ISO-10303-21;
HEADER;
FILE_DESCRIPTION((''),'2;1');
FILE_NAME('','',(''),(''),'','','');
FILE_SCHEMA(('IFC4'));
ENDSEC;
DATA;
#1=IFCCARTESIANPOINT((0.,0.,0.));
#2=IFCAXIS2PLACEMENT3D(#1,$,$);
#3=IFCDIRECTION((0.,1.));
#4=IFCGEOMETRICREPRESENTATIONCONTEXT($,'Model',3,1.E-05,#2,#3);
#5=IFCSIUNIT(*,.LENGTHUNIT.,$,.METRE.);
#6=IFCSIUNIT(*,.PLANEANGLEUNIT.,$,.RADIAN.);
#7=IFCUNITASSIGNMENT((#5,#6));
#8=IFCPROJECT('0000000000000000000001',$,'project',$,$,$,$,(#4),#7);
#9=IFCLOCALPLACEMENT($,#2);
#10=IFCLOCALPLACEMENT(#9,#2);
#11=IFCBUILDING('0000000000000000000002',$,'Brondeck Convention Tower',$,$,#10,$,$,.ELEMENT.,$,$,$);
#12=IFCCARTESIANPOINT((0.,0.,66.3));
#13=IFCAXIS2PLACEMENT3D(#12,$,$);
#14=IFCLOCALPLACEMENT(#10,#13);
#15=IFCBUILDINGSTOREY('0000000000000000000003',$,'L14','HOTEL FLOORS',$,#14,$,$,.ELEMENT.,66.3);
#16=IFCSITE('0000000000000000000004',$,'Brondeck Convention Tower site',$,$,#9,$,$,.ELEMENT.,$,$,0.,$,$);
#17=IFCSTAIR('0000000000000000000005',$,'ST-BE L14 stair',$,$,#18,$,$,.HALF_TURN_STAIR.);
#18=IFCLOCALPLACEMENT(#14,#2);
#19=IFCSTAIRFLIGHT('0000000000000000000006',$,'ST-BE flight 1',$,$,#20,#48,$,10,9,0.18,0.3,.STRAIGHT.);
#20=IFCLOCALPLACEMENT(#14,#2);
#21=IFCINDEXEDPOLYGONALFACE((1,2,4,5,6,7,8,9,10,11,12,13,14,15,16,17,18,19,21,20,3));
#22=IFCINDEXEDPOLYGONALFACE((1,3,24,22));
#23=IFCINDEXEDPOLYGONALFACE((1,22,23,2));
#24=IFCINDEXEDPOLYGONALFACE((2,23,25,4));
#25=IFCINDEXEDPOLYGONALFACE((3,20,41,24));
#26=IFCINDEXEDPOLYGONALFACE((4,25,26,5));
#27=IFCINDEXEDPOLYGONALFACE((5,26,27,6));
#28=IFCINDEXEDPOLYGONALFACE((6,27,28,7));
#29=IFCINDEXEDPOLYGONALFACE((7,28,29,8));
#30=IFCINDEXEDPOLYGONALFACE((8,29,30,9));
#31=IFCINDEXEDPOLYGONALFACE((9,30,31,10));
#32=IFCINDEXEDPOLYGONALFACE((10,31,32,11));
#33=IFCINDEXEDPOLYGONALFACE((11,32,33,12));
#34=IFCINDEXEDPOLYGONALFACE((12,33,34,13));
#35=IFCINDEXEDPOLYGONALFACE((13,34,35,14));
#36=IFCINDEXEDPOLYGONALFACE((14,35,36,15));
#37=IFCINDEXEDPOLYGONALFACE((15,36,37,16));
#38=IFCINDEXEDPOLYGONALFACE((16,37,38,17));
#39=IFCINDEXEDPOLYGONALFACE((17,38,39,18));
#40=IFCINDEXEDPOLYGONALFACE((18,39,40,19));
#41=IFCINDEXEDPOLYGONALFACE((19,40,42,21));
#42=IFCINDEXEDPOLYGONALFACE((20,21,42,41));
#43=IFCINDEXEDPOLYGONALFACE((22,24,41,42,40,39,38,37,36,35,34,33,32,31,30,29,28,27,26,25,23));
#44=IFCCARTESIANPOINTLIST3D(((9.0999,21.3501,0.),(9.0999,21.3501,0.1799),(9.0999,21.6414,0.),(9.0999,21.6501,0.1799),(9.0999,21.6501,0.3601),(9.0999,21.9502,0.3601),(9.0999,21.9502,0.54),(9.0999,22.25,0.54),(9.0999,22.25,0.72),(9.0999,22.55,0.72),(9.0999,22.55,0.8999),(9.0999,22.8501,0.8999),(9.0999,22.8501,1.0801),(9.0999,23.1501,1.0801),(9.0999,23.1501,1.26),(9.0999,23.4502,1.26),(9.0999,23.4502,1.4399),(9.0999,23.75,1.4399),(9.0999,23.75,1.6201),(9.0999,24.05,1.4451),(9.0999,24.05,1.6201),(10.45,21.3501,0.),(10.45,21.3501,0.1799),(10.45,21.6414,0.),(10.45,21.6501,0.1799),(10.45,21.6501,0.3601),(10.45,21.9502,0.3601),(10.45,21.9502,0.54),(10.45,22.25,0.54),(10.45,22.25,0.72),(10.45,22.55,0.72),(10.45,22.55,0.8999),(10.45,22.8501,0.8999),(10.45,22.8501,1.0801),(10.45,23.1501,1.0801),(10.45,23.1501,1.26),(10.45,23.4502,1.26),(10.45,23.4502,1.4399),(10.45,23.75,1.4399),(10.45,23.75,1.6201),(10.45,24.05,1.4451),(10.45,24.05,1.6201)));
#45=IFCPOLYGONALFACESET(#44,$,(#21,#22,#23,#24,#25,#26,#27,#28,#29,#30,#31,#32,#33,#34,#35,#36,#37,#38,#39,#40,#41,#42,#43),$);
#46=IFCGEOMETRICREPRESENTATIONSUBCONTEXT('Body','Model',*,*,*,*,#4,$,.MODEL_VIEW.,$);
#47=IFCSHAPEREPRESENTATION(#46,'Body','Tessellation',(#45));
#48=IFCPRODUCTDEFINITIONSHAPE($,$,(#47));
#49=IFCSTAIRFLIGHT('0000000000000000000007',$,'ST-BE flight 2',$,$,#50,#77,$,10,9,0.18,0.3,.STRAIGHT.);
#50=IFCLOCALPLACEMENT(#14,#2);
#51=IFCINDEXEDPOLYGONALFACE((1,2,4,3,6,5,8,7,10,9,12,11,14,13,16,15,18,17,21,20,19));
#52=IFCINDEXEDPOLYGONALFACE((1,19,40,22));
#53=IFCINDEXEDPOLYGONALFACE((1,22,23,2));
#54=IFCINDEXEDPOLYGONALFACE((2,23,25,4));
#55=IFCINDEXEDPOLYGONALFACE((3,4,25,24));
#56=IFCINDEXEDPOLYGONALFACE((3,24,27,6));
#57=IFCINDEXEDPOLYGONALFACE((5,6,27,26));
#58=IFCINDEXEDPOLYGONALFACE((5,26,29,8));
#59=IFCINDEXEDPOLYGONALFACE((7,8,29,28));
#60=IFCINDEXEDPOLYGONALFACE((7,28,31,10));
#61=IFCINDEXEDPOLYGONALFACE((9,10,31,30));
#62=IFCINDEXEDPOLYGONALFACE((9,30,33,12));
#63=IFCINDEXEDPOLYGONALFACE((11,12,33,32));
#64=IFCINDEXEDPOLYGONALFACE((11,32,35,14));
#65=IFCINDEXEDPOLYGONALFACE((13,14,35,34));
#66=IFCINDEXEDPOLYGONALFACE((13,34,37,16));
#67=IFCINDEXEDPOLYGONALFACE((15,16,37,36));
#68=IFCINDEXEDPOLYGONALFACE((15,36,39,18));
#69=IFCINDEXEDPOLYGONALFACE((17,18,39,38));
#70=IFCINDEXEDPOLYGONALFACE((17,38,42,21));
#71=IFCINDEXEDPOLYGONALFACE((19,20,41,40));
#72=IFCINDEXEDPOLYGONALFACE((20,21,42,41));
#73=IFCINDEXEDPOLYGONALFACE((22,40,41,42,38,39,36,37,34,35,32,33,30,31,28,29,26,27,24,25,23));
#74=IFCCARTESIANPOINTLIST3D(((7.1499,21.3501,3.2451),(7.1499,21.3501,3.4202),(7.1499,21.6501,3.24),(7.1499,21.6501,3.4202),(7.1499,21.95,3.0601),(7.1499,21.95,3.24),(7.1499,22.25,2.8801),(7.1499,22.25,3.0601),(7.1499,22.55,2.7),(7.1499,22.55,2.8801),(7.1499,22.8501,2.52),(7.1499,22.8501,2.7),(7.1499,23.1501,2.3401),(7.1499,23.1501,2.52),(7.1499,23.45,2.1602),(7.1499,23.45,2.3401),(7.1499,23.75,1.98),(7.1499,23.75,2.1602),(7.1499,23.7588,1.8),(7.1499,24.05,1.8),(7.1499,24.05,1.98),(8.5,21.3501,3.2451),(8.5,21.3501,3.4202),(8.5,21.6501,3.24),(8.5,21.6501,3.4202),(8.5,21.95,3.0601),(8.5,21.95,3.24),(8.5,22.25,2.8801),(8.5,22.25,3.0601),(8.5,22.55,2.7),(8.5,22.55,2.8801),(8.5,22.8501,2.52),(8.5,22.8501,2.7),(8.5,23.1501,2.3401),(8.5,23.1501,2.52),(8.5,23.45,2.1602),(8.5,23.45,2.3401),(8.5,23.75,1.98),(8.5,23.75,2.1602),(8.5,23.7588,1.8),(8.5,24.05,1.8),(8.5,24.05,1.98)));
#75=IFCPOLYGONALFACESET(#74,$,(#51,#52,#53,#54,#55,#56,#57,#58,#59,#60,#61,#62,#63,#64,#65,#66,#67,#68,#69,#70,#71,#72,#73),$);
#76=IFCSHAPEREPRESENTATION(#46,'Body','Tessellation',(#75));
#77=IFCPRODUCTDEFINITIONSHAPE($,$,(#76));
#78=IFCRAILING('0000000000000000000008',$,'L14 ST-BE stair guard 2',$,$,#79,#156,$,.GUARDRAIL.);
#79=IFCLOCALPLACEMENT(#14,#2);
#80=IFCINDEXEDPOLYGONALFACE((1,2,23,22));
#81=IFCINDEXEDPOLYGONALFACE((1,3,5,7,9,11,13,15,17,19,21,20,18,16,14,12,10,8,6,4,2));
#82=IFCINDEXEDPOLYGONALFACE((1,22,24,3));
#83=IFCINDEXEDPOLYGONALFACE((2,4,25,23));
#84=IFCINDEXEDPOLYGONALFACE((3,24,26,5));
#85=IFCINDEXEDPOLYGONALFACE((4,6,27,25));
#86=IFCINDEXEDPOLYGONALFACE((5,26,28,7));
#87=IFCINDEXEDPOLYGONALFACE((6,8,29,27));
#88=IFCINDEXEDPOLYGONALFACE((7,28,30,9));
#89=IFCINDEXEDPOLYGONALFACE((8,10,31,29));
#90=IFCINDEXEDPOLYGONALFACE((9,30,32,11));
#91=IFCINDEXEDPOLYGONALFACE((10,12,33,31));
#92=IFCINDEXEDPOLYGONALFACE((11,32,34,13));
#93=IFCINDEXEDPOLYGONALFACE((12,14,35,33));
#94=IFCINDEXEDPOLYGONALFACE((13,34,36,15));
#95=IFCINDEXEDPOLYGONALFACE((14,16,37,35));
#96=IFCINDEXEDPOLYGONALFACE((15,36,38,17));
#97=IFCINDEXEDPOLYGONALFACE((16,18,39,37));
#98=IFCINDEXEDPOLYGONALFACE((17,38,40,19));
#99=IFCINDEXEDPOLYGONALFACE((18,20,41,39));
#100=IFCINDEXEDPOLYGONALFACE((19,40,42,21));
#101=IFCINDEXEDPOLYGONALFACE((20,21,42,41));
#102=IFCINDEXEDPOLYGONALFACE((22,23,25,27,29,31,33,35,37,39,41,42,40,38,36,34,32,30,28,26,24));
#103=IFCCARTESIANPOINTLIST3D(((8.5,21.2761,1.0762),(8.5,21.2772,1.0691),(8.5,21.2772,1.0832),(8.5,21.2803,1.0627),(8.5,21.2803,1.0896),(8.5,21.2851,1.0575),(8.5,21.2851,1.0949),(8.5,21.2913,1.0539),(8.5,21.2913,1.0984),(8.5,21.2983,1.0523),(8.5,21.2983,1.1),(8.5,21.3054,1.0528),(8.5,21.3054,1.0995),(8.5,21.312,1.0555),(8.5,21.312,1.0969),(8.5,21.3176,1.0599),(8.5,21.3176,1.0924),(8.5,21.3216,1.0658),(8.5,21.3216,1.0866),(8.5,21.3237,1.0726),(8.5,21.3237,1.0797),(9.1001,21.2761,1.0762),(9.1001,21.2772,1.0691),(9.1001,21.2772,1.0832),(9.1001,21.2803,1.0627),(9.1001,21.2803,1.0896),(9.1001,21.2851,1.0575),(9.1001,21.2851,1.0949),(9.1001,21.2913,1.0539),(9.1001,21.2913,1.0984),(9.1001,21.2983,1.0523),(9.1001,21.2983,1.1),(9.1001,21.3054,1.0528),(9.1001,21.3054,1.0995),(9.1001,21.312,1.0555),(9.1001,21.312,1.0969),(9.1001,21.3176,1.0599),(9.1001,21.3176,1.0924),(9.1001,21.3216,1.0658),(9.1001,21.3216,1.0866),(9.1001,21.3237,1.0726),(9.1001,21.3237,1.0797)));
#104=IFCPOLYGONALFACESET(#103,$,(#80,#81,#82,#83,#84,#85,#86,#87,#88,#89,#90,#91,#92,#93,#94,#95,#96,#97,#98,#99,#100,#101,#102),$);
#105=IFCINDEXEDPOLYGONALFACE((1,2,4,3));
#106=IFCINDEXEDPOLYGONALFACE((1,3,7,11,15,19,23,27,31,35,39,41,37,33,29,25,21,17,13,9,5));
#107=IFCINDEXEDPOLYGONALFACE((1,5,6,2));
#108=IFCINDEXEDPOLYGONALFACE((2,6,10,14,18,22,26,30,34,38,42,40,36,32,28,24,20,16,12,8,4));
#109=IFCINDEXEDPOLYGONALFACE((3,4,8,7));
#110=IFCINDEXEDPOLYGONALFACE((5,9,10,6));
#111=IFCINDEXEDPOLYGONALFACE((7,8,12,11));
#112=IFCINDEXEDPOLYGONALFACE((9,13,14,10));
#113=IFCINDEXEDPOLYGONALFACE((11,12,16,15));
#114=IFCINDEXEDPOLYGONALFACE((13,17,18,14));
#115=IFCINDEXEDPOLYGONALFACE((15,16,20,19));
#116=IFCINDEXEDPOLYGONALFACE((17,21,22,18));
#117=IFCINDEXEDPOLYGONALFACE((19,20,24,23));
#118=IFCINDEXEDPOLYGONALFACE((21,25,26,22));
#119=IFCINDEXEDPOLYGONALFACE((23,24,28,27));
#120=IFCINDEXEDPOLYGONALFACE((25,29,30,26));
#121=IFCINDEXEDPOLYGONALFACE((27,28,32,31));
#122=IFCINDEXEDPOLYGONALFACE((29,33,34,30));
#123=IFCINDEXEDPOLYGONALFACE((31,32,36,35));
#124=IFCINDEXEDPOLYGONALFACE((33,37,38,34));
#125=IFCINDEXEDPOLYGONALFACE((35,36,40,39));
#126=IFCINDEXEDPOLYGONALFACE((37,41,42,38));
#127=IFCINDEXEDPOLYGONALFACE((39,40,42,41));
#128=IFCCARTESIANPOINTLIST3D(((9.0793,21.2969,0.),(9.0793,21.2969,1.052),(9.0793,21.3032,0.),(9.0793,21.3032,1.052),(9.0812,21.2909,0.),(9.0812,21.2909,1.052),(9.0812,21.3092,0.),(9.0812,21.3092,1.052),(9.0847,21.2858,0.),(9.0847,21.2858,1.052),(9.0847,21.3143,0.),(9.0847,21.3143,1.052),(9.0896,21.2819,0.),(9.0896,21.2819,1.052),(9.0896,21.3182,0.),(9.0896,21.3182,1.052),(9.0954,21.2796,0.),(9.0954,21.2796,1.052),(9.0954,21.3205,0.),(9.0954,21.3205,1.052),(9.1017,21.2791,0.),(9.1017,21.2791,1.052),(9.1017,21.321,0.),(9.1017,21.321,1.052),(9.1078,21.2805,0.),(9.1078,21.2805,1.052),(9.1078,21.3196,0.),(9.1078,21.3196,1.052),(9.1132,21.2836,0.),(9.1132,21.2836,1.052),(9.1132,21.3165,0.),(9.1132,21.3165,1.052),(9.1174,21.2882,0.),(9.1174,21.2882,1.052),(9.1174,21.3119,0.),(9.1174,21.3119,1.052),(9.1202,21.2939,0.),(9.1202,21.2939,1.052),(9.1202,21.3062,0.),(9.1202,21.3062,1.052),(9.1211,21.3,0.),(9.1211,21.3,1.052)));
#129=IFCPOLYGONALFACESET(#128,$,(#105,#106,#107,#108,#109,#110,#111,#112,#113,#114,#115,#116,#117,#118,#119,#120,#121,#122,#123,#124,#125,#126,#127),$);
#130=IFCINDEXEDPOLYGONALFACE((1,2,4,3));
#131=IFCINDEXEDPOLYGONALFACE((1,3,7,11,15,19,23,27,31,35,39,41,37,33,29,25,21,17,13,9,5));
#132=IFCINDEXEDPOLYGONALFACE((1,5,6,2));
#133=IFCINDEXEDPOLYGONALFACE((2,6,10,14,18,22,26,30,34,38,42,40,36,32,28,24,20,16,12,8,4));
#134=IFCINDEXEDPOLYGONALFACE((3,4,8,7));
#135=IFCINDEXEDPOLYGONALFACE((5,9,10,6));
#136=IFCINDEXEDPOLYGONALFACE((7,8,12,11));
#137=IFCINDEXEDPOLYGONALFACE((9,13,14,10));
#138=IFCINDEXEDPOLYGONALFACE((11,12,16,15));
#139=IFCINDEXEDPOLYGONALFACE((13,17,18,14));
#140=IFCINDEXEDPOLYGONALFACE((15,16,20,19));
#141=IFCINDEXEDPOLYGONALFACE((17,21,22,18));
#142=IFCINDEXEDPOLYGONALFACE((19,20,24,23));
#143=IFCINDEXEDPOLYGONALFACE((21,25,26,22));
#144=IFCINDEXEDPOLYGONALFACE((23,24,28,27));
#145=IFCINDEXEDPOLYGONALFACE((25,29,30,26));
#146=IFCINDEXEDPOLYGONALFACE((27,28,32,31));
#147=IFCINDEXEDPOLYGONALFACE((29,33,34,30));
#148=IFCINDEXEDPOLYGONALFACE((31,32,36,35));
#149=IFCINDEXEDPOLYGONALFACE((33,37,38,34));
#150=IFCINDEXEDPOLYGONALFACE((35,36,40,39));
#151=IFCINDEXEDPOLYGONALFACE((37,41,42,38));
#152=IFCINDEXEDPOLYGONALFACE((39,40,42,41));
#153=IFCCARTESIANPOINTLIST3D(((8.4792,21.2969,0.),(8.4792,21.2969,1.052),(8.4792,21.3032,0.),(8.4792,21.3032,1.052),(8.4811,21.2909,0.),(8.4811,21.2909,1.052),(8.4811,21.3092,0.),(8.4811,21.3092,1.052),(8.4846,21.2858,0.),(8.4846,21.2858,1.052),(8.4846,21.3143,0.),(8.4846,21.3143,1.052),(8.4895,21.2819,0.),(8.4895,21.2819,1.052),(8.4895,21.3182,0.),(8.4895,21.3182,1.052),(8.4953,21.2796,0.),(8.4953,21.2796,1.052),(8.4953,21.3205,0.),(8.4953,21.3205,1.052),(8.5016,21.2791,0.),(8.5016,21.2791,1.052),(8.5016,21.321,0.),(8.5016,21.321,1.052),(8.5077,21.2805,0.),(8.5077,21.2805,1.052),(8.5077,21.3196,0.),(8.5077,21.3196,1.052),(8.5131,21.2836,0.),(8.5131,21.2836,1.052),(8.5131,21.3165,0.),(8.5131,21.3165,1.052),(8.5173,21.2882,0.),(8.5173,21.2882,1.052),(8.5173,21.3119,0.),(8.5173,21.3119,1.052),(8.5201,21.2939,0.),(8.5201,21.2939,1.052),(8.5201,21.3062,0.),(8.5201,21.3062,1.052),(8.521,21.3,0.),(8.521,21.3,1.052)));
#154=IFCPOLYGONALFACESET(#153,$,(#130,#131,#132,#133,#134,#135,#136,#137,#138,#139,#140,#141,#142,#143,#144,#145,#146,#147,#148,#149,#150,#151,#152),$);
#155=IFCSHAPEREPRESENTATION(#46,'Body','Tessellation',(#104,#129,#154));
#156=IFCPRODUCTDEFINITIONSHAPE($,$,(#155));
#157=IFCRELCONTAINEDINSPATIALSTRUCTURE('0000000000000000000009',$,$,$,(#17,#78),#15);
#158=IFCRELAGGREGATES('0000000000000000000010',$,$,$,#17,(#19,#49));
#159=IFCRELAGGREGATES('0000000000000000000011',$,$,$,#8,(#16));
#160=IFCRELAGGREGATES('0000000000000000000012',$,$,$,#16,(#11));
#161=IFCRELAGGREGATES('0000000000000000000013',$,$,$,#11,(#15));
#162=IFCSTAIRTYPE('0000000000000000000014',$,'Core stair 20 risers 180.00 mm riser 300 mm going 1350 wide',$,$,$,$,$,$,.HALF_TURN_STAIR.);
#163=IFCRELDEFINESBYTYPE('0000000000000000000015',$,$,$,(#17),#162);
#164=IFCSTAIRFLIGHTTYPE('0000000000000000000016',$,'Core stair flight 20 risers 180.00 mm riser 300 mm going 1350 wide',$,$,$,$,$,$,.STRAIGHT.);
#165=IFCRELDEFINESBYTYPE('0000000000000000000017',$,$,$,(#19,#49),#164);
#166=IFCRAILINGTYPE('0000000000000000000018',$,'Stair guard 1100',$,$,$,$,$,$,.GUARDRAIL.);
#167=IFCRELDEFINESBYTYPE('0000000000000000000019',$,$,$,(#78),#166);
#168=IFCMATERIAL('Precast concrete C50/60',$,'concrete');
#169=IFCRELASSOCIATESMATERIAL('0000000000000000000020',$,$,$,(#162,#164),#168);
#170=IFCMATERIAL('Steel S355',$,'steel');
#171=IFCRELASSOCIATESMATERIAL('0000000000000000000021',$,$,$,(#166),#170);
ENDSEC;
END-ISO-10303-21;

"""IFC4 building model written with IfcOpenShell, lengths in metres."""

from ifc_helpers import new_model, si_unit, direction, frame, origin, origin_2d, place, context, subcontext, project, spatial, polyline, circle, outline, extrude, material, type_object, element, aggregate, save


model = new_model("IFC4")

# Units and contexts
model_context = context("Model", 3, precision=1e-05, world=origin(), true_north=direction((0.0, 1.0)))
body_context = subcontext(model_context, "Body", "Model", "MODEL_VIEW")
ifc_project = project(units=[si_unit("LENGTHUNIT", "METRE"), si_unit("PLANEANGLEUNIT", "RADIAN")], contexts=[model_context])

# Site, building, storey
site_placement = place(None, origin())
site = spatial("IfcSite", under=ifc_project, at=site_placement, Name="Brondeck Convention Tower site", CompositionType="ELEMENT", RefElevation=0.0)
building_placement = place(site_placement, origin())
building = spatial("IfcBuilding", under=site, at=building_placement, Name="Brondeck Convention Tower", CompositionType="ELEMENT")
storey_placement = place(building_placement, frame((0.0, 0.0, 66.3)))
storey = spatial("IfcBuildingStorey", under=building, at=storey_placement, Name="L14", Description="HOTEL FLOORS", CompositionType="ELEMENT", Elevation=66.3)

# Shared definitions
ifc_material_1 = material(Name="Steel S355", Category="steel")

# Stair, stair flights
ifc_material_2 = material(Name="Precast concrete C50/60", Category="concrete")
stair_type = type_object("IfcStairType", Name="Core stair 20 risers 180.00 mm riser 300 mm going 1350 wide", PredefinedType="HALF_TURN_STAIR", material=ifc_material_2)
stair_placement = place(storey_placement, origin())
stair = element("IfcStair", 1, at=stair_placement, inside=storey, type_object=stair_type, Name="ST-BE L14 stair", PredefinedType="HALF_TURN_STAIR")
stair_flight_type = type_object("IfcStairFlightType", Name="Core stair flight 20 risers 180.00 mm riser 300 mm going 1350 wide", PredefinedType="STRAIGHT", material=ifc_material_2)
stair_flight_1_placement = place(storey_placement, frame((9.7749, 21.3501, 0.0), z_axis=(0.0, 0.0, 1.0), x_axis=(0.0, 1.0, 0.0)))
stair_flight_1 = element("IfcStairFlight", 2, at=stair_flight_1_placement, type_object=stair_flight_type, Name="ST-BE flight 1", NumberOfRisers=10, NumberOfTreads=9, PredefinedType="STRAIGHT", RiserHeight=0.18, TreadLength=0.3, context=body_context, shape_type="SweptSolid", body=[
    extrude(outline(polyline([(0.0, 0.0), (0.0, 0.1799), (0.3, 0.1799), (0.3, 0.3601), (0.6001, 0.3601), (0.6001, 0.54), (0.8999, 0.54), (0.8999, 0.72), (1.2, 0.72), (1.2, 0.8999), (1.5, 0.8999), (1.5, 1.0801), (1.8, 1.0801), (1.8, 1.26), (2.1001, 1.26), (2.1001, 1.4399), (2.3999, 1.4399), (2.3999, 1.6201), (2.7, 1.6201), (2.7, 1.8), (2.7, 1.4451), (0.2913, 0.0), (0.0, 0.0)])), frame((0.0, 0.675, 0.0), z_axis=(0.0, -1.0, 0.0), x_axis=(1.0, 0.0, 0.0)), (0.0, 0.0, 1.0), 1.3501),
])
stair_flight_2_placement = place(storey_placement, frame((7.825, 24.05, 1.8), z_axis=(0.0, 0.0, 1.0), x_axis=(0.0, -1.0, 0.0)))
stair_flight_2 = element("IfcStairFlight", 3, at=stair_flight_2_placement, type_object=stair_flight_type, Name="ST-BE flight 2", NumberOfRisers=10, NumberOfTreads=9, PredefinedType="STRAIGHT", RiserHeight=0.18, TreadLength=0.3, context=body_context, shape_type="SweptSolid", body=[
    extrude(outline(polyline([(0.0, 0.0), (0.0, 0.1799), (0.3, 0.1799), (0.3, 0.3601), (0.6001, 0.3601), (0.6001, 0.54), (0.8999, 0.54), (0.8999, 0.72), (1.2, 0.72), (1.2, 0.8999), (1.5, 0.8999), (1.5, 1.0801), (1.8, 1.0801), (1.8, 1.26), (2.1001, 1.26), (2.1001, 1.4399), (2.3999, 1.4399), (2.3999, 1.6201), (2.7, 1.6201), (2.7, 1.8), (2.7, 1.4451), (0.2913, 0.0), (0.0, 0.0)])), frame((0.0, 0.675, 0.0), z_axis=(0.0, -1.0, 0.0), x_axis=(1.0, 0.0, 0.0)), (0.0, 0.0, 1.0), 1.3501),
])
aggregate(stair, [stair_flight_1, stair_flight_2])

# Railing
railing_type_1 = type_object("IfcRailingType", Name="Stair guard 1100", PredefinedType="GUARDRAIL", material=ifc_material_1)
railing_1_placement = place(storey_placement, frame((9.1001, 21.3, 0.0)))
element("IfcRailing", 4, at=railing_1_placement, inside=storey, type_object=railing_type_1, Name="L14 ST-BE stair guard 2", PredefinedType="GUARDRAIL", context=body_context, shape_type="SweptSolid", body=[
    extrude(circle(Radius=0.0239, at=origin_2d()), frame((0.0, 0.0, 1.0762), z_axis=(-1.0, 0.0, 0.0), x_axis=(0.0, -1.0, 0.0)), (0.0, 0.0, 1.0), 0.6001),
    extrude(circle(Radius=0.021, at=origin_2d()), origin(), (0.0, 0.0, 1.0), 1.052),
    extrude(circle(Radius=0.021, at=origin_2d()), frame((-0.6001, 0.0, 0.0)), (0.0, 0.0, 1.0), 1.052),
])

save(model, "model.ifc")
